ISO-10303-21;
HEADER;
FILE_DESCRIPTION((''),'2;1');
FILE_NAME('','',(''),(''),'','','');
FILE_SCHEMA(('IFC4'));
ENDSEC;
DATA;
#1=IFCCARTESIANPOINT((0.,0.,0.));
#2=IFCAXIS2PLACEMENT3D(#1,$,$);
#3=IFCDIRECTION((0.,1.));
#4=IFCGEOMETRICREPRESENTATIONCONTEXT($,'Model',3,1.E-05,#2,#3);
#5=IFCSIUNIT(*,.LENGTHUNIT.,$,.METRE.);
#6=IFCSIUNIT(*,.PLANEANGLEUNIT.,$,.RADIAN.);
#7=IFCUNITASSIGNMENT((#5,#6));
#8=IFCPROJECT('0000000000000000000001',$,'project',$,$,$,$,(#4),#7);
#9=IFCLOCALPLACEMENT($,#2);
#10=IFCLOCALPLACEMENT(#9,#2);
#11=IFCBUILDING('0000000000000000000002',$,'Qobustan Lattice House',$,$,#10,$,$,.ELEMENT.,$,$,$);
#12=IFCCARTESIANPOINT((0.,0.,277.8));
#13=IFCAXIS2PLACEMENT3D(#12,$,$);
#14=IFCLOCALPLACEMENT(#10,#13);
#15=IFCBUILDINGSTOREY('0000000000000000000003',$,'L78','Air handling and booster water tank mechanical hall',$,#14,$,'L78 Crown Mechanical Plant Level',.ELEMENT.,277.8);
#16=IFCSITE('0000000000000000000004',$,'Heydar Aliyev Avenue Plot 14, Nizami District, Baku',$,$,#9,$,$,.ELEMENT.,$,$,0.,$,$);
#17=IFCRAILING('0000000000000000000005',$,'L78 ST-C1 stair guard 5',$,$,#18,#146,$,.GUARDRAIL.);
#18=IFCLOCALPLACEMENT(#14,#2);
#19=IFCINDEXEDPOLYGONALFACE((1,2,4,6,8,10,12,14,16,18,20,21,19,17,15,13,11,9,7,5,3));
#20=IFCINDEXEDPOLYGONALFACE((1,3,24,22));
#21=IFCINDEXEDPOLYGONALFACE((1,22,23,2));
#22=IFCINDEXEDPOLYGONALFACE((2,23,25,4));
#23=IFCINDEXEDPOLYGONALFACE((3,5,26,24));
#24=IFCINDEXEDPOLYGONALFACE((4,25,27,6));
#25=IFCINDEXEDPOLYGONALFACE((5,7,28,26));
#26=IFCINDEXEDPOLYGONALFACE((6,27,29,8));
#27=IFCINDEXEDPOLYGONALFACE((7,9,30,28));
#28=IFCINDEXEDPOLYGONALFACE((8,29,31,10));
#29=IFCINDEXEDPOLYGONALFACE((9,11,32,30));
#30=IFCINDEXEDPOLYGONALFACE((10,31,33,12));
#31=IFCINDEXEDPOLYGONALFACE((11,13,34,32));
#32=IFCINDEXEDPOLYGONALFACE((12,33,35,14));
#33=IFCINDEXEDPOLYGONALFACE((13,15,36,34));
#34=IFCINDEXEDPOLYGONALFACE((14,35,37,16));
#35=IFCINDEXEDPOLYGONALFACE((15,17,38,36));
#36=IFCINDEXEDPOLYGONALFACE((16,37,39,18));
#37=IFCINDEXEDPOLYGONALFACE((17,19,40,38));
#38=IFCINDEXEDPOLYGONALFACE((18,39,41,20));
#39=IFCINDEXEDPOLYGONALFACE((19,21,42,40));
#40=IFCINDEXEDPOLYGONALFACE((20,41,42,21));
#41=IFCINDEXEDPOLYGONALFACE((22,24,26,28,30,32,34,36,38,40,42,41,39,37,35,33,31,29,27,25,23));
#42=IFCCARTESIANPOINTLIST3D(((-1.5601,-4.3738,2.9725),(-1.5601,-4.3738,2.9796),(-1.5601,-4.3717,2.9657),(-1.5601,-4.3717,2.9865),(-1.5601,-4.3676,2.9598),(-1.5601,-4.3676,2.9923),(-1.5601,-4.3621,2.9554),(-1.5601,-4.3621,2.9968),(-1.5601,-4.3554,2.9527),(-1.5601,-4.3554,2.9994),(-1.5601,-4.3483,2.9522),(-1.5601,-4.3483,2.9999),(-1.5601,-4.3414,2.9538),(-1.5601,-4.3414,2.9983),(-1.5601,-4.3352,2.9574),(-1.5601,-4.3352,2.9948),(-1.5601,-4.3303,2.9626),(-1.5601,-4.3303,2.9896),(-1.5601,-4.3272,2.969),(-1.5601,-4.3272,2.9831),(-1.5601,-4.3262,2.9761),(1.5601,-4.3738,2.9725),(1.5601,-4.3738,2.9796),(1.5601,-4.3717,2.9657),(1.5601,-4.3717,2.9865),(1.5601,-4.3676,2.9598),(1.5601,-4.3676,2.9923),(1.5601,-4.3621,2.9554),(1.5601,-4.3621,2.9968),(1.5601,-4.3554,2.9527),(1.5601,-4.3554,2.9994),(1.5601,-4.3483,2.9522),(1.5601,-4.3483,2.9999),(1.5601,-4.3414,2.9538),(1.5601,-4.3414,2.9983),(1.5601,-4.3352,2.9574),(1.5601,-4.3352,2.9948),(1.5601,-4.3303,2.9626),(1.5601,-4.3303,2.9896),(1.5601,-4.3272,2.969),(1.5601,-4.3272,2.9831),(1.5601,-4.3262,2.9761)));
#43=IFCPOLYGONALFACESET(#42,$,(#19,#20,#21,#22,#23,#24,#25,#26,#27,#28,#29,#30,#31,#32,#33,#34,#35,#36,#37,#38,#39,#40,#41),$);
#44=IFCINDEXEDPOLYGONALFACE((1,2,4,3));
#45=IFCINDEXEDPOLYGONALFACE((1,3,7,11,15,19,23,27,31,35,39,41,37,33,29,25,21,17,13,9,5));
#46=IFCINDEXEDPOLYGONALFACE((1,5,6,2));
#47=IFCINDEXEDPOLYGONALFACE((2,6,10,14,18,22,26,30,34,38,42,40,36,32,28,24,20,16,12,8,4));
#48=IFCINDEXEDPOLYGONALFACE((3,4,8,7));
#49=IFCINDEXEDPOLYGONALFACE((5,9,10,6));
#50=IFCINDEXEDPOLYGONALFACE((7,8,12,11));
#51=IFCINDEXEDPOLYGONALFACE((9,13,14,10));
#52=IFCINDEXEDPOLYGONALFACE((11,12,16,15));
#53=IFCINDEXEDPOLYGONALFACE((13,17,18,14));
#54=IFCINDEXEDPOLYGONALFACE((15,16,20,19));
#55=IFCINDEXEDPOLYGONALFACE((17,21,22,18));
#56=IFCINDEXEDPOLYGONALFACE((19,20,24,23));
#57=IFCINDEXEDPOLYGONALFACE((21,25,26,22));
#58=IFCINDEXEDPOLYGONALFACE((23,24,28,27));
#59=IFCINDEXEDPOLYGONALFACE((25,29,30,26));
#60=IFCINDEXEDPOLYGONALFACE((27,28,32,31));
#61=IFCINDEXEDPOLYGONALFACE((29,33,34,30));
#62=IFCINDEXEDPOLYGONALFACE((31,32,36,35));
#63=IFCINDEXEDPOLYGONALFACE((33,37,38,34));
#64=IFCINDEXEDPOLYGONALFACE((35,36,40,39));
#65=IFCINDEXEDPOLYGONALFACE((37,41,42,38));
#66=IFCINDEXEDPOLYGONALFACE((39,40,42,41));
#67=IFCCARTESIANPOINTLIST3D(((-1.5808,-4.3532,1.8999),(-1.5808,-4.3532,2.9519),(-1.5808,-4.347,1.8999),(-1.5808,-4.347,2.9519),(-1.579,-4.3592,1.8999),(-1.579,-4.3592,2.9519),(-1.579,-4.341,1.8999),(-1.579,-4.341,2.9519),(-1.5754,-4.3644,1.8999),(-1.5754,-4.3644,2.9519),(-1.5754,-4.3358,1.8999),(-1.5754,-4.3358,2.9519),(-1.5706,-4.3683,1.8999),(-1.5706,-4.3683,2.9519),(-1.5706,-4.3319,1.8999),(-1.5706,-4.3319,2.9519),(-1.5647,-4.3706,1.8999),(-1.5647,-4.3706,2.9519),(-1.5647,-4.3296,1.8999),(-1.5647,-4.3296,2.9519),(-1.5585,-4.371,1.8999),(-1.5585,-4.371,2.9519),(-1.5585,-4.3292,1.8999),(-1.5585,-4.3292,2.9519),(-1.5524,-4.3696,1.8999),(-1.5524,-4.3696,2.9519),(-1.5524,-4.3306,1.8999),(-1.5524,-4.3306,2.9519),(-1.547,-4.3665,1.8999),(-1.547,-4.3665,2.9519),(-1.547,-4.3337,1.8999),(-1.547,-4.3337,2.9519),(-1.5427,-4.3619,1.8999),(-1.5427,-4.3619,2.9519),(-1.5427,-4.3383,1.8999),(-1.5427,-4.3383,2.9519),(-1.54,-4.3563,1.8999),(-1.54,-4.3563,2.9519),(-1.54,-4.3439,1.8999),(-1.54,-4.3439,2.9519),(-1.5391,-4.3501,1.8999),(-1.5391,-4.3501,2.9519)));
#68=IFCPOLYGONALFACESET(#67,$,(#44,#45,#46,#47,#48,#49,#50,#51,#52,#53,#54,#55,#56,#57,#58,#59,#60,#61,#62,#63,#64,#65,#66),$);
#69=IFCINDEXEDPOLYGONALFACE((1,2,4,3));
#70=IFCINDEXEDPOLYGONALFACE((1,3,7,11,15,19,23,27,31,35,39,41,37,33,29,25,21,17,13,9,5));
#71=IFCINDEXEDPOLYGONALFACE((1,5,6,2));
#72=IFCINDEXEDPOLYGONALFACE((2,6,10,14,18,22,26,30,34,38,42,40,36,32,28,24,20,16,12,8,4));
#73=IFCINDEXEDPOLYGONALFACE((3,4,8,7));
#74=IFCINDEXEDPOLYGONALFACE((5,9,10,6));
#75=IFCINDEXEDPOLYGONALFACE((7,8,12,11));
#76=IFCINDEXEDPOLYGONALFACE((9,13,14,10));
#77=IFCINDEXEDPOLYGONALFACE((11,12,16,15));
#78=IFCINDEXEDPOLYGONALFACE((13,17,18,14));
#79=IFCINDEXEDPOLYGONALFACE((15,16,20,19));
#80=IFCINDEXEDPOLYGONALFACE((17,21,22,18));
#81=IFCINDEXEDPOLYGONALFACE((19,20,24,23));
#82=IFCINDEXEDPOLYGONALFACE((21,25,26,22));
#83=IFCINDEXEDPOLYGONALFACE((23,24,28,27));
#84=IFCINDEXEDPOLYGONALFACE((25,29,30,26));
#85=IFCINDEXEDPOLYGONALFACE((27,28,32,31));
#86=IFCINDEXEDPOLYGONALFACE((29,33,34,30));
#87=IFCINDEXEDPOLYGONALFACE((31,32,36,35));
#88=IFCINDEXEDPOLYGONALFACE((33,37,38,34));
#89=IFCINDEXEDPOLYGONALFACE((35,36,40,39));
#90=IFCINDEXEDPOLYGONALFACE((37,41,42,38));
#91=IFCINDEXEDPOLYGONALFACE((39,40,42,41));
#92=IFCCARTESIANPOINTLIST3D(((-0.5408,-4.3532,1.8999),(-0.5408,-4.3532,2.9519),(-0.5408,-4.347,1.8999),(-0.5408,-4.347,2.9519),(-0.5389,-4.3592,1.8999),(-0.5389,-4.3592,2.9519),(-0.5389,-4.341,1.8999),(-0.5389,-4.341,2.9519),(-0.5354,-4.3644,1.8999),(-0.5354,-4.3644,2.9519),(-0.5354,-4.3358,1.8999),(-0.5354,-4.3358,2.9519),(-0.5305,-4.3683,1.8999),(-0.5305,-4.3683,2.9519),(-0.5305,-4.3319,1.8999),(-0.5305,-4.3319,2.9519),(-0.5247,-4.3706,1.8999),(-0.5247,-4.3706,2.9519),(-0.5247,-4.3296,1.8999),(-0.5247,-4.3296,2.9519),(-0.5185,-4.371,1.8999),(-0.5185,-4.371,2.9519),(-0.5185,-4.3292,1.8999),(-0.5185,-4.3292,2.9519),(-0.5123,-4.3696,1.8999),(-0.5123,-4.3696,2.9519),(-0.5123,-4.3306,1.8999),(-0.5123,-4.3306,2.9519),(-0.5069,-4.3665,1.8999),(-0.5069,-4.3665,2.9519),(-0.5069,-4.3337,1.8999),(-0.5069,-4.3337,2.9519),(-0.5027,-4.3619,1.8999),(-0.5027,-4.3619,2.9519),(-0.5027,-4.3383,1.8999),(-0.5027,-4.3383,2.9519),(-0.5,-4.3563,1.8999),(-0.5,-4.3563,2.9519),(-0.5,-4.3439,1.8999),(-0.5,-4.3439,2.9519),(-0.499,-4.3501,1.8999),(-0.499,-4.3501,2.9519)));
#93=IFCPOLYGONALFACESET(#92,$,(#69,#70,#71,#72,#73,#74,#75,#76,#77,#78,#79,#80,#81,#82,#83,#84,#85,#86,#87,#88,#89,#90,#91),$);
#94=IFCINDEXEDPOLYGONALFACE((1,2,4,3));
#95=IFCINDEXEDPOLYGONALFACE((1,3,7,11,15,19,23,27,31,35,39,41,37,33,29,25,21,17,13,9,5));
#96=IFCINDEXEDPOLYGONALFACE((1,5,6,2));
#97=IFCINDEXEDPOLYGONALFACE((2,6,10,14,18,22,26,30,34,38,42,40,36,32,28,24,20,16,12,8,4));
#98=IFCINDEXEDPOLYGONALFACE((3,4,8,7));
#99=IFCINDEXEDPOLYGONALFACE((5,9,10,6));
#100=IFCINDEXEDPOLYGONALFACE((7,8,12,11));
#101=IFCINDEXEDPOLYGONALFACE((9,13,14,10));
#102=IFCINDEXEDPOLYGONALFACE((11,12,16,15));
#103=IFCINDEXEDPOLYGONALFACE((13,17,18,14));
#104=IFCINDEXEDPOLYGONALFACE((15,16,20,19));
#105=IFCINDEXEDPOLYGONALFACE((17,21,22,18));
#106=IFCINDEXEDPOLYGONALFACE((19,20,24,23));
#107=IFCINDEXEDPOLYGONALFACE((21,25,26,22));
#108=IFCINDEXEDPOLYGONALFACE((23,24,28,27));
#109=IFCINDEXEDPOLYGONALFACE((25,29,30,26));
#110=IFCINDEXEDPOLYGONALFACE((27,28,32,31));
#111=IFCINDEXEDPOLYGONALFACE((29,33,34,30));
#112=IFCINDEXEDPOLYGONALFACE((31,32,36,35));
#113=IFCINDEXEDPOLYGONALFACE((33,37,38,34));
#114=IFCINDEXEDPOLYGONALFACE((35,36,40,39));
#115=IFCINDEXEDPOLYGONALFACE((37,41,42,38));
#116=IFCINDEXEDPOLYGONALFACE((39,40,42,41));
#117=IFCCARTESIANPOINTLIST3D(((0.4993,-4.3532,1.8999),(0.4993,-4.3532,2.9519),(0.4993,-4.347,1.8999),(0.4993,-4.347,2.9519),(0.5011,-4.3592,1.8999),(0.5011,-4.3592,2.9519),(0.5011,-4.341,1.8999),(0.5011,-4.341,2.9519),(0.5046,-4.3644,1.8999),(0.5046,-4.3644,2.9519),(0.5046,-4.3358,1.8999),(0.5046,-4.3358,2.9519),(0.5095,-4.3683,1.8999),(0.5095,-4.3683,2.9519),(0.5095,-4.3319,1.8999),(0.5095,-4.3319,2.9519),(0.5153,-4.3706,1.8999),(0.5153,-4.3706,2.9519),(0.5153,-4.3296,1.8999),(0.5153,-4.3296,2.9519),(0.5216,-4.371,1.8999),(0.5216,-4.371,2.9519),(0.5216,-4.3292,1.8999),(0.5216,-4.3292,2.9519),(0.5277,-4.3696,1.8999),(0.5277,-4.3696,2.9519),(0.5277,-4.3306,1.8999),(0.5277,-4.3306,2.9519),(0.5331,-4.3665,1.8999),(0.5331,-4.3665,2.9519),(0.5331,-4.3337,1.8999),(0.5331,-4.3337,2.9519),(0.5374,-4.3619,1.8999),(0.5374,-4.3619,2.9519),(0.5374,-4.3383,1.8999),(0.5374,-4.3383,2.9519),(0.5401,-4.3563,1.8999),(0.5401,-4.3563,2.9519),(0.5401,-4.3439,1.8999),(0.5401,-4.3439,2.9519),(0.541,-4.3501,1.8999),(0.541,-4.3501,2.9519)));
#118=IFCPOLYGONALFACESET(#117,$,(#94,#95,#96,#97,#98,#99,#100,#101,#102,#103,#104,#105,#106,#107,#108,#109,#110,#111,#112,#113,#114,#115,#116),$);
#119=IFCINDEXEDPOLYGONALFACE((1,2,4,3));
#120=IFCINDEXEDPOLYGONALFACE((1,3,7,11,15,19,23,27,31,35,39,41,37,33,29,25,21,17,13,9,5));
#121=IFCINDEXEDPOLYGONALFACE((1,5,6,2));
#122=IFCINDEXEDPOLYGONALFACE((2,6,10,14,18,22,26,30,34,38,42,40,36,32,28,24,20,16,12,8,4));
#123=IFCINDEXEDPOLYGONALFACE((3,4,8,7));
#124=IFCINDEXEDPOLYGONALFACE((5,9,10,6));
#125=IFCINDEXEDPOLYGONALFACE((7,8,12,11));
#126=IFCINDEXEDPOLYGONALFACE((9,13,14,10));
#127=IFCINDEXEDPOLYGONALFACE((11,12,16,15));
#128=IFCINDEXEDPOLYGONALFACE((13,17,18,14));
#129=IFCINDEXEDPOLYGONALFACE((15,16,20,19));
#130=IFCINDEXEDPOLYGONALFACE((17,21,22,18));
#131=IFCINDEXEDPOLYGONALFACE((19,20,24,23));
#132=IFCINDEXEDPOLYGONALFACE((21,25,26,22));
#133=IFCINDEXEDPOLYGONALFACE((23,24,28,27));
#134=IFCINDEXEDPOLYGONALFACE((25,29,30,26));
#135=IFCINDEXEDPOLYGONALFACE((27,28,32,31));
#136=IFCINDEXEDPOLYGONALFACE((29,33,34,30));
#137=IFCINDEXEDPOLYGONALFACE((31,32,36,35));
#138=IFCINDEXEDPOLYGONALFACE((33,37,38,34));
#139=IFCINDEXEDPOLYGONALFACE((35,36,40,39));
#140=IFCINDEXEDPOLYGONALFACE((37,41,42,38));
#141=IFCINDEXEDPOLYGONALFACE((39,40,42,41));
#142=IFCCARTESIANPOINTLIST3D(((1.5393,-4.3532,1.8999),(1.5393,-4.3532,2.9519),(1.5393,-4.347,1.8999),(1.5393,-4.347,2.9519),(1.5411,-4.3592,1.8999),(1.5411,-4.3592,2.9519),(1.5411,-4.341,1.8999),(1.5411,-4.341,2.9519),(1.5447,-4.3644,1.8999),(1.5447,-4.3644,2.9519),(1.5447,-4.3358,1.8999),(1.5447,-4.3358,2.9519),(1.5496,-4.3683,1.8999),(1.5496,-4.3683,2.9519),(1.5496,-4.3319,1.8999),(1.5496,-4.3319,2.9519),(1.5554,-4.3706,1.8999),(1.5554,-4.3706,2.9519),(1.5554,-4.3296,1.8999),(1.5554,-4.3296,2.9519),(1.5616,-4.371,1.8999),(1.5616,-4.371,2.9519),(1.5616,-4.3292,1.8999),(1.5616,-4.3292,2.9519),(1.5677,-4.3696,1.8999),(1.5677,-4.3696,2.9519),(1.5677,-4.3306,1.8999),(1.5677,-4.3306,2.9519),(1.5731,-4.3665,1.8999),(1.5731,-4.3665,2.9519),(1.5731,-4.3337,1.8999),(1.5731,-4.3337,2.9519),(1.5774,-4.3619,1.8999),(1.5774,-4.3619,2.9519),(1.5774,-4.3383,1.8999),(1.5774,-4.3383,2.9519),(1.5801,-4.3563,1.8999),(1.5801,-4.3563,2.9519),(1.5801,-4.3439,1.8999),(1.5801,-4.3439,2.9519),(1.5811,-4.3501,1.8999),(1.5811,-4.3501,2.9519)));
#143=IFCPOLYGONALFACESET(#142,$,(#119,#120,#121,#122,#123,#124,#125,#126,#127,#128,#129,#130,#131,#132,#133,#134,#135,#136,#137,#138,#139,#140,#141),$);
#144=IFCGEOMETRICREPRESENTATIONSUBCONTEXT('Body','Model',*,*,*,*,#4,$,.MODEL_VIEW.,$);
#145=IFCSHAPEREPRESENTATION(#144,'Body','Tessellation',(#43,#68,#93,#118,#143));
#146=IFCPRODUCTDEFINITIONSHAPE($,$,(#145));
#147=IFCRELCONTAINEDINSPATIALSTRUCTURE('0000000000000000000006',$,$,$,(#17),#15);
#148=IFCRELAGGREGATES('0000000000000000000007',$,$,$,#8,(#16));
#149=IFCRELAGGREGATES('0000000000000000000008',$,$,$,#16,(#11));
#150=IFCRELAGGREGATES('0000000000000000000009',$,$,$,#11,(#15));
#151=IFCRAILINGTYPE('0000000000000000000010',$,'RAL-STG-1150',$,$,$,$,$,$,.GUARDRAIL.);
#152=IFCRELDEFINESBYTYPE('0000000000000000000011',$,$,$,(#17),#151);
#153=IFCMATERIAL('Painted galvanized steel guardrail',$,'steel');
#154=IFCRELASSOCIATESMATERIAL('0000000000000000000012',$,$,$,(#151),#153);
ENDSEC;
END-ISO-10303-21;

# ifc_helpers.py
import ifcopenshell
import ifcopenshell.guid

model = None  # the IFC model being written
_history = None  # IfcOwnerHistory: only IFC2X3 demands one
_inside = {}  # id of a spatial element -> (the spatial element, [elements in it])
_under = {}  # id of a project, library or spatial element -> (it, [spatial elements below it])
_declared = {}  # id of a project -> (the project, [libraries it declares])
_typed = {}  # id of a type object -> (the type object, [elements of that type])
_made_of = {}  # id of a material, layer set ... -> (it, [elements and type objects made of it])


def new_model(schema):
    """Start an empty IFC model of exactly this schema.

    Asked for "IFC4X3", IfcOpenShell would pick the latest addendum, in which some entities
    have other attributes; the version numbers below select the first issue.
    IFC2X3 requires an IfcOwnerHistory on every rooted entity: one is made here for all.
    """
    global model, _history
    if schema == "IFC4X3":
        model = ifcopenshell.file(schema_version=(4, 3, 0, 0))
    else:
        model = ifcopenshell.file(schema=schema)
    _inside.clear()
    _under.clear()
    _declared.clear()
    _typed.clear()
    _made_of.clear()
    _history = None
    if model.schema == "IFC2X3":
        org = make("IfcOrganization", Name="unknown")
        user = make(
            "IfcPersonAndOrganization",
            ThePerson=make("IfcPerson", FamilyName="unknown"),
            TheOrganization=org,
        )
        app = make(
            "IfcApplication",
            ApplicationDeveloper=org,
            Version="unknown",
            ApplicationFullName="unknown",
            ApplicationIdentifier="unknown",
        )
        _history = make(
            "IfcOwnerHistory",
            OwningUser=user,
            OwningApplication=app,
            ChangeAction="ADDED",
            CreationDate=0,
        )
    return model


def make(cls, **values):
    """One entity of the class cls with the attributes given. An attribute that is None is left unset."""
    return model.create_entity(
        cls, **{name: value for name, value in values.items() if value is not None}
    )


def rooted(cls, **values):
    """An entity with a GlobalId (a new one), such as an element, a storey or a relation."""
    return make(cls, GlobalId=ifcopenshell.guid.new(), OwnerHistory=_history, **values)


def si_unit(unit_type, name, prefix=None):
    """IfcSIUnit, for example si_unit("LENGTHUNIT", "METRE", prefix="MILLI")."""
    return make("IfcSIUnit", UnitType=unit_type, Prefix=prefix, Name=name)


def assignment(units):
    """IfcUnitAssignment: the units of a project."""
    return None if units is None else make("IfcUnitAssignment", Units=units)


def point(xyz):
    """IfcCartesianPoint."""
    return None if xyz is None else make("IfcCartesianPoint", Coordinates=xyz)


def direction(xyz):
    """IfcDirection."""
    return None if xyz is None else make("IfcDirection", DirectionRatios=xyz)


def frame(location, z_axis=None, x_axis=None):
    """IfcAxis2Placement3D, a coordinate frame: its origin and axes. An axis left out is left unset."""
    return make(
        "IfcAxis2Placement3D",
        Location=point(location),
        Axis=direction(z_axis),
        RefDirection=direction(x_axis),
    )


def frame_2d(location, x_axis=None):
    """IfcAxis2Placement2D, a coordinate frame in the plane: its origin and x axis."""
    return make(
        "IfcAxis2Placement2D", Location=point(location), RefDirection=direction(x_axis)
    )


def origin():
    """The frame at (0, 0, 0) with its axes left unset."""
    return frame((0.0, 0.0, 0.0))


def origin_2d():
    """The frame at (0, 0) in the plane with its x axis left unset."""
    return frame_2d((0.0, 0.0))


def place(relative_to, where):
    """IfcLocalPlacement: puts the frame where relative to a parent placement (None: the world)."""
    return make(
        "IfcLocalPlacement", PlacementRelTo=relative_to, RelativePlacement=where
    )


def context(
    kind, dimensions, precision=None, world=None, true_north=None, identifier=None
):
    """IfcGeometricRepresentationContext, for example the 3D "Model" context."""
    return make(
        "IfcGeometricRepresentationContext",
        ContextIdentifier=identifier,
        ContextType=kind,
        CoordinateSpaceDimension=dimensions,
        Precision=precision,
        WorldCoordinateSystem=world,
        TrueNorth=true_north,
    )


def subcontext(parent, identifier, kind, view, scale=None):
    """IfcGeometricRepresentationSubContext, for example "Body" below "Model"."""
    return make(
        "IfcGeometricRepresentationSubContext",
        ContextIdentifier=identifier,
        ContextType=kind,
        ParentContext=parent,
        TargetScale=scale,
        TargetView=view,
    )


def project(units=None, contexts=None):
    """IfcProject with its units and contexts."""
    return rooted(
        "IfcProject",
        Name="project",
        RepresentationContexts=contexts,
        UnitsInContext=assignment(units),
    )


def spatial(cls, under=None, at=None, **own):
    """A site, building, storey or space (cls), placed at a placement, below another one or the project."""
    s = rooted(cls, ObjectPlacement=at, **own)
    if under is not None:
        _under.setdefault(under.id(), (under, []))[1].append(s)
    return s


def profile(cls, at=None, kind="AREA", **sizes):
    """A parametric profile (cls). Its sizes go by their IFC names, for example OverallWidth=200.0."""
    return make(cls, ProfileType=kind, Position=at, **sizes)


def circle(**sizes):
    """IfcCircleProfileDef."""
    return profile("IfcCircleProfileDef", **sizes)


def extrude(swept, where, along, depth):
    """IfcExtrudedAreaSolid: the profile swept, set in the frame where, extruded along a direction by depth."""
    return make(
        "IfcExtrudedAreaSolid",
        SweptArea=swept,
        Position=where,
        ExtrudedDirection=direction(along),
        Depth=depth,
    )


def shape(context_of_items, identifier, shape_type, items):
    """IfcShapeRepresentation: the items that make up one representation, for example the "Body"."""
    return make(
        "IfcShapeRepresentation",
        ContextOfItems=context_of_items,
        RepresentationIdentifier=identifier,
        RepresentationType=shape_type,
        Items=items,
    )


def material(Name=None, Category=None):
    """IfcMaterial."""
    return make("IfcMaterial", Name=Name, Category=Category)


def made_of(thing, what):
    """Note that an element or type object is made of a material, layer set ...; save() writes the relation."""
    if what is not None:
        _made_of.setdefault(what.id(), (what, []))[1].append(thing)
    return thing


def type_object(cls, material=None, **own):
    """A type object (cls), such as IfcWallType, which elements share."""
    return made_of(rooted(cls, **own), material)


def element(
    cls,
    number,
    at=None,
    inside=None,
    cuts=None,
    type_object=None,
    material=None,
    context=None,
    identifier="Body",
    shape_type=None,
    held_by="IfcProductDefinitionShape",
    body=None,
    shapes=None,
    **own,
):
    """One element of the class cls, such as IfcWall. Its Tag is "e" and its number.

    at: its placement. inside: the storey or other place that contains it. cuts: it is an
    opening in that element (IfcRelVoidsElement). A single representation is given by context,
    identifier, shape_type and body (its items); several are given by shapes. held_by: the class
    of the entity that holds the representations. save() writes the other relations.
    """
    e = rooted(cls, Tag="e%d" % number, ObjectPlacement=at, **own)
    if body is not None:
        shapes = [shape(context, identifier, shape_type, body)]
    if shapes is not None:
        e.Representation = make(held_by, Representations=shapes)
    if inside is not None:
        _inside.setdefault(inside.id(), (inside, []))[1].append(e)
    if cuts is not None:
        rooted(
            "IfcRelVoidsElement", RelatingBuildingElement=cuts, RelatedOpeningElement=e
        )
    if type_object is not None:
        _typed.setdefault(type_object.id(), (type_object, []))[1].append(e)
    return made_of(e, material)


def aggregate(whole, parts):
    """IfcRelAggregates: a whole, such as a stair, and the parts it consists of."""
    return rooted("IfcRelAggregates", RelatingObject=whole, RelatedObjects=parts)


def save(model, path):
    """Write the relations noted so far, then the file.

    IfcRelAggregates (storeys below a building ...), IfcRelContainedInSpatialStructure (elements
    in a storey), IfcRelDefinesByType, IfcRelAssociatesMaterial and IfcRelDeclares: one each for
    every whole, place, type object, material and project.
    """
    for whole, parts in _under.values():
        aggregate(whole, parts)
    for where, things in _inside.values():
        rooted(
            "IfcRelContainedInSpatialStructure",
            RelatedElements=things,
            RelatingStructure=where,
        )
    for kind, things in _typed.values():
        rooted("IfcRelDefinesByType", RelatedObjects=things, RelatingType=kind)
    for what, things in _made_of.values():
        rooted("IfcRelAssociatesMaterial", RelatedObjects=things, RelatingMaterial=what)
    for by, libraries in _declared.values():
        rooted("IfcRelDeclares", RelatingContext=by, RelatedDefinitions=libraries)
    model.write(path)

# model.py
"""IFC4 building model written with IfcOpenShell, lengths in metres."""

from ifc_helpers import new_model, si_unit, direction, frame, origin, origin_2d, place, context, subcontext, project, spatial, circle, extrude, material, type_object, element, save


model = new_model("IFC4")

# Units and contexts
model_context = context("Model", 3, precision=1e-05, world=origin(), true_north=direction((0.0, 1.0)))
body_context = subcontext(model_context, "Body", "Model", "MODEL_VIEW")
ifc_project = project(units=[si_unit("LENGTHUNIT", "METRE"), si_unit("PLANEANGLEUNIT", "RADIAN")], contexts=[model_context])

# Site, building, storey
site_placement = place(None, origin())
site = spatial("IfcSite", under=ifc_project, at=site_placement, Name="Heydar Aliyev Avenue Plot 14, Nizami District, Baku", CompositionType="ELEMENT", RefElevation=0.0)
building_placement = place(site_placement, origin())
building = spatial("IfcBuilding", under=site, at=building_placement, Name="Qobustan Lattice House", CompositionType="ELEMENT")
storey_placement = place(building_placement, frame((0.0, 0.0, 277.8)))
storey = spatial("IfcBuildingStorey", under=building, at=storey_placement, Name="L78", Description="Air handling and booster water tank mechanical hall", LongName="L78 Crown Mechanical Plant Level", CompositionType="ELEMENT", Elevation=277.8)

# Railing
ifc_material_1 = material(Name="Painted galvanized steel guardrail", Category="steel")
railing_type = type_object("IfcRailingType", Name="RAL-STG-1150", PredefinedType="GUARDRAIL", material=ifc_material_1)
railing_1_placement = place(storey_placement, frame((-1.5601, -4.3501, 1.8999)))
element("IfcRailing", 1, at=railing_1_placement, inside=storey, type_object=railing_type, Name="L78 ST-C1 stair guard 5", PredefinedType="GUARDRAIL", context=body_context, shape_type="SweptSolid", body=[
    extrude(circle(Radius=0.0239, at=origin_2d()), frame((0.0, 0.0, 1.0762), z_axis=(1.0, 0.0, 0.0), x_axis=(0.0, 1.0, 0.0)), (0.0, 0.0, 1.0), 3.1201),
    extrude(circle(Radius=0.021, at=origin_2d()), origin(), (0.0, 0.0, 1.0), 1.052),
    extrude(circle(Radius=0.021, at=origin_2d()), frame((1.04, 0.0, 0.0)), (0.0, 0.0, 1.0), 1.052),
    extrude(circle(Radius=0.021, at=origin_2d()), frame((2.0801, 0.0, 0.0)), (0.0, 0.0, 1.0), 1.052),
    extrude(circle(Radius=0.021, at=origin_2d()), frame((3.1201, 0.0, 0.0)), (0.0, 0.0, 1.0), 1.052),
])

save(model, "model.ifc")
